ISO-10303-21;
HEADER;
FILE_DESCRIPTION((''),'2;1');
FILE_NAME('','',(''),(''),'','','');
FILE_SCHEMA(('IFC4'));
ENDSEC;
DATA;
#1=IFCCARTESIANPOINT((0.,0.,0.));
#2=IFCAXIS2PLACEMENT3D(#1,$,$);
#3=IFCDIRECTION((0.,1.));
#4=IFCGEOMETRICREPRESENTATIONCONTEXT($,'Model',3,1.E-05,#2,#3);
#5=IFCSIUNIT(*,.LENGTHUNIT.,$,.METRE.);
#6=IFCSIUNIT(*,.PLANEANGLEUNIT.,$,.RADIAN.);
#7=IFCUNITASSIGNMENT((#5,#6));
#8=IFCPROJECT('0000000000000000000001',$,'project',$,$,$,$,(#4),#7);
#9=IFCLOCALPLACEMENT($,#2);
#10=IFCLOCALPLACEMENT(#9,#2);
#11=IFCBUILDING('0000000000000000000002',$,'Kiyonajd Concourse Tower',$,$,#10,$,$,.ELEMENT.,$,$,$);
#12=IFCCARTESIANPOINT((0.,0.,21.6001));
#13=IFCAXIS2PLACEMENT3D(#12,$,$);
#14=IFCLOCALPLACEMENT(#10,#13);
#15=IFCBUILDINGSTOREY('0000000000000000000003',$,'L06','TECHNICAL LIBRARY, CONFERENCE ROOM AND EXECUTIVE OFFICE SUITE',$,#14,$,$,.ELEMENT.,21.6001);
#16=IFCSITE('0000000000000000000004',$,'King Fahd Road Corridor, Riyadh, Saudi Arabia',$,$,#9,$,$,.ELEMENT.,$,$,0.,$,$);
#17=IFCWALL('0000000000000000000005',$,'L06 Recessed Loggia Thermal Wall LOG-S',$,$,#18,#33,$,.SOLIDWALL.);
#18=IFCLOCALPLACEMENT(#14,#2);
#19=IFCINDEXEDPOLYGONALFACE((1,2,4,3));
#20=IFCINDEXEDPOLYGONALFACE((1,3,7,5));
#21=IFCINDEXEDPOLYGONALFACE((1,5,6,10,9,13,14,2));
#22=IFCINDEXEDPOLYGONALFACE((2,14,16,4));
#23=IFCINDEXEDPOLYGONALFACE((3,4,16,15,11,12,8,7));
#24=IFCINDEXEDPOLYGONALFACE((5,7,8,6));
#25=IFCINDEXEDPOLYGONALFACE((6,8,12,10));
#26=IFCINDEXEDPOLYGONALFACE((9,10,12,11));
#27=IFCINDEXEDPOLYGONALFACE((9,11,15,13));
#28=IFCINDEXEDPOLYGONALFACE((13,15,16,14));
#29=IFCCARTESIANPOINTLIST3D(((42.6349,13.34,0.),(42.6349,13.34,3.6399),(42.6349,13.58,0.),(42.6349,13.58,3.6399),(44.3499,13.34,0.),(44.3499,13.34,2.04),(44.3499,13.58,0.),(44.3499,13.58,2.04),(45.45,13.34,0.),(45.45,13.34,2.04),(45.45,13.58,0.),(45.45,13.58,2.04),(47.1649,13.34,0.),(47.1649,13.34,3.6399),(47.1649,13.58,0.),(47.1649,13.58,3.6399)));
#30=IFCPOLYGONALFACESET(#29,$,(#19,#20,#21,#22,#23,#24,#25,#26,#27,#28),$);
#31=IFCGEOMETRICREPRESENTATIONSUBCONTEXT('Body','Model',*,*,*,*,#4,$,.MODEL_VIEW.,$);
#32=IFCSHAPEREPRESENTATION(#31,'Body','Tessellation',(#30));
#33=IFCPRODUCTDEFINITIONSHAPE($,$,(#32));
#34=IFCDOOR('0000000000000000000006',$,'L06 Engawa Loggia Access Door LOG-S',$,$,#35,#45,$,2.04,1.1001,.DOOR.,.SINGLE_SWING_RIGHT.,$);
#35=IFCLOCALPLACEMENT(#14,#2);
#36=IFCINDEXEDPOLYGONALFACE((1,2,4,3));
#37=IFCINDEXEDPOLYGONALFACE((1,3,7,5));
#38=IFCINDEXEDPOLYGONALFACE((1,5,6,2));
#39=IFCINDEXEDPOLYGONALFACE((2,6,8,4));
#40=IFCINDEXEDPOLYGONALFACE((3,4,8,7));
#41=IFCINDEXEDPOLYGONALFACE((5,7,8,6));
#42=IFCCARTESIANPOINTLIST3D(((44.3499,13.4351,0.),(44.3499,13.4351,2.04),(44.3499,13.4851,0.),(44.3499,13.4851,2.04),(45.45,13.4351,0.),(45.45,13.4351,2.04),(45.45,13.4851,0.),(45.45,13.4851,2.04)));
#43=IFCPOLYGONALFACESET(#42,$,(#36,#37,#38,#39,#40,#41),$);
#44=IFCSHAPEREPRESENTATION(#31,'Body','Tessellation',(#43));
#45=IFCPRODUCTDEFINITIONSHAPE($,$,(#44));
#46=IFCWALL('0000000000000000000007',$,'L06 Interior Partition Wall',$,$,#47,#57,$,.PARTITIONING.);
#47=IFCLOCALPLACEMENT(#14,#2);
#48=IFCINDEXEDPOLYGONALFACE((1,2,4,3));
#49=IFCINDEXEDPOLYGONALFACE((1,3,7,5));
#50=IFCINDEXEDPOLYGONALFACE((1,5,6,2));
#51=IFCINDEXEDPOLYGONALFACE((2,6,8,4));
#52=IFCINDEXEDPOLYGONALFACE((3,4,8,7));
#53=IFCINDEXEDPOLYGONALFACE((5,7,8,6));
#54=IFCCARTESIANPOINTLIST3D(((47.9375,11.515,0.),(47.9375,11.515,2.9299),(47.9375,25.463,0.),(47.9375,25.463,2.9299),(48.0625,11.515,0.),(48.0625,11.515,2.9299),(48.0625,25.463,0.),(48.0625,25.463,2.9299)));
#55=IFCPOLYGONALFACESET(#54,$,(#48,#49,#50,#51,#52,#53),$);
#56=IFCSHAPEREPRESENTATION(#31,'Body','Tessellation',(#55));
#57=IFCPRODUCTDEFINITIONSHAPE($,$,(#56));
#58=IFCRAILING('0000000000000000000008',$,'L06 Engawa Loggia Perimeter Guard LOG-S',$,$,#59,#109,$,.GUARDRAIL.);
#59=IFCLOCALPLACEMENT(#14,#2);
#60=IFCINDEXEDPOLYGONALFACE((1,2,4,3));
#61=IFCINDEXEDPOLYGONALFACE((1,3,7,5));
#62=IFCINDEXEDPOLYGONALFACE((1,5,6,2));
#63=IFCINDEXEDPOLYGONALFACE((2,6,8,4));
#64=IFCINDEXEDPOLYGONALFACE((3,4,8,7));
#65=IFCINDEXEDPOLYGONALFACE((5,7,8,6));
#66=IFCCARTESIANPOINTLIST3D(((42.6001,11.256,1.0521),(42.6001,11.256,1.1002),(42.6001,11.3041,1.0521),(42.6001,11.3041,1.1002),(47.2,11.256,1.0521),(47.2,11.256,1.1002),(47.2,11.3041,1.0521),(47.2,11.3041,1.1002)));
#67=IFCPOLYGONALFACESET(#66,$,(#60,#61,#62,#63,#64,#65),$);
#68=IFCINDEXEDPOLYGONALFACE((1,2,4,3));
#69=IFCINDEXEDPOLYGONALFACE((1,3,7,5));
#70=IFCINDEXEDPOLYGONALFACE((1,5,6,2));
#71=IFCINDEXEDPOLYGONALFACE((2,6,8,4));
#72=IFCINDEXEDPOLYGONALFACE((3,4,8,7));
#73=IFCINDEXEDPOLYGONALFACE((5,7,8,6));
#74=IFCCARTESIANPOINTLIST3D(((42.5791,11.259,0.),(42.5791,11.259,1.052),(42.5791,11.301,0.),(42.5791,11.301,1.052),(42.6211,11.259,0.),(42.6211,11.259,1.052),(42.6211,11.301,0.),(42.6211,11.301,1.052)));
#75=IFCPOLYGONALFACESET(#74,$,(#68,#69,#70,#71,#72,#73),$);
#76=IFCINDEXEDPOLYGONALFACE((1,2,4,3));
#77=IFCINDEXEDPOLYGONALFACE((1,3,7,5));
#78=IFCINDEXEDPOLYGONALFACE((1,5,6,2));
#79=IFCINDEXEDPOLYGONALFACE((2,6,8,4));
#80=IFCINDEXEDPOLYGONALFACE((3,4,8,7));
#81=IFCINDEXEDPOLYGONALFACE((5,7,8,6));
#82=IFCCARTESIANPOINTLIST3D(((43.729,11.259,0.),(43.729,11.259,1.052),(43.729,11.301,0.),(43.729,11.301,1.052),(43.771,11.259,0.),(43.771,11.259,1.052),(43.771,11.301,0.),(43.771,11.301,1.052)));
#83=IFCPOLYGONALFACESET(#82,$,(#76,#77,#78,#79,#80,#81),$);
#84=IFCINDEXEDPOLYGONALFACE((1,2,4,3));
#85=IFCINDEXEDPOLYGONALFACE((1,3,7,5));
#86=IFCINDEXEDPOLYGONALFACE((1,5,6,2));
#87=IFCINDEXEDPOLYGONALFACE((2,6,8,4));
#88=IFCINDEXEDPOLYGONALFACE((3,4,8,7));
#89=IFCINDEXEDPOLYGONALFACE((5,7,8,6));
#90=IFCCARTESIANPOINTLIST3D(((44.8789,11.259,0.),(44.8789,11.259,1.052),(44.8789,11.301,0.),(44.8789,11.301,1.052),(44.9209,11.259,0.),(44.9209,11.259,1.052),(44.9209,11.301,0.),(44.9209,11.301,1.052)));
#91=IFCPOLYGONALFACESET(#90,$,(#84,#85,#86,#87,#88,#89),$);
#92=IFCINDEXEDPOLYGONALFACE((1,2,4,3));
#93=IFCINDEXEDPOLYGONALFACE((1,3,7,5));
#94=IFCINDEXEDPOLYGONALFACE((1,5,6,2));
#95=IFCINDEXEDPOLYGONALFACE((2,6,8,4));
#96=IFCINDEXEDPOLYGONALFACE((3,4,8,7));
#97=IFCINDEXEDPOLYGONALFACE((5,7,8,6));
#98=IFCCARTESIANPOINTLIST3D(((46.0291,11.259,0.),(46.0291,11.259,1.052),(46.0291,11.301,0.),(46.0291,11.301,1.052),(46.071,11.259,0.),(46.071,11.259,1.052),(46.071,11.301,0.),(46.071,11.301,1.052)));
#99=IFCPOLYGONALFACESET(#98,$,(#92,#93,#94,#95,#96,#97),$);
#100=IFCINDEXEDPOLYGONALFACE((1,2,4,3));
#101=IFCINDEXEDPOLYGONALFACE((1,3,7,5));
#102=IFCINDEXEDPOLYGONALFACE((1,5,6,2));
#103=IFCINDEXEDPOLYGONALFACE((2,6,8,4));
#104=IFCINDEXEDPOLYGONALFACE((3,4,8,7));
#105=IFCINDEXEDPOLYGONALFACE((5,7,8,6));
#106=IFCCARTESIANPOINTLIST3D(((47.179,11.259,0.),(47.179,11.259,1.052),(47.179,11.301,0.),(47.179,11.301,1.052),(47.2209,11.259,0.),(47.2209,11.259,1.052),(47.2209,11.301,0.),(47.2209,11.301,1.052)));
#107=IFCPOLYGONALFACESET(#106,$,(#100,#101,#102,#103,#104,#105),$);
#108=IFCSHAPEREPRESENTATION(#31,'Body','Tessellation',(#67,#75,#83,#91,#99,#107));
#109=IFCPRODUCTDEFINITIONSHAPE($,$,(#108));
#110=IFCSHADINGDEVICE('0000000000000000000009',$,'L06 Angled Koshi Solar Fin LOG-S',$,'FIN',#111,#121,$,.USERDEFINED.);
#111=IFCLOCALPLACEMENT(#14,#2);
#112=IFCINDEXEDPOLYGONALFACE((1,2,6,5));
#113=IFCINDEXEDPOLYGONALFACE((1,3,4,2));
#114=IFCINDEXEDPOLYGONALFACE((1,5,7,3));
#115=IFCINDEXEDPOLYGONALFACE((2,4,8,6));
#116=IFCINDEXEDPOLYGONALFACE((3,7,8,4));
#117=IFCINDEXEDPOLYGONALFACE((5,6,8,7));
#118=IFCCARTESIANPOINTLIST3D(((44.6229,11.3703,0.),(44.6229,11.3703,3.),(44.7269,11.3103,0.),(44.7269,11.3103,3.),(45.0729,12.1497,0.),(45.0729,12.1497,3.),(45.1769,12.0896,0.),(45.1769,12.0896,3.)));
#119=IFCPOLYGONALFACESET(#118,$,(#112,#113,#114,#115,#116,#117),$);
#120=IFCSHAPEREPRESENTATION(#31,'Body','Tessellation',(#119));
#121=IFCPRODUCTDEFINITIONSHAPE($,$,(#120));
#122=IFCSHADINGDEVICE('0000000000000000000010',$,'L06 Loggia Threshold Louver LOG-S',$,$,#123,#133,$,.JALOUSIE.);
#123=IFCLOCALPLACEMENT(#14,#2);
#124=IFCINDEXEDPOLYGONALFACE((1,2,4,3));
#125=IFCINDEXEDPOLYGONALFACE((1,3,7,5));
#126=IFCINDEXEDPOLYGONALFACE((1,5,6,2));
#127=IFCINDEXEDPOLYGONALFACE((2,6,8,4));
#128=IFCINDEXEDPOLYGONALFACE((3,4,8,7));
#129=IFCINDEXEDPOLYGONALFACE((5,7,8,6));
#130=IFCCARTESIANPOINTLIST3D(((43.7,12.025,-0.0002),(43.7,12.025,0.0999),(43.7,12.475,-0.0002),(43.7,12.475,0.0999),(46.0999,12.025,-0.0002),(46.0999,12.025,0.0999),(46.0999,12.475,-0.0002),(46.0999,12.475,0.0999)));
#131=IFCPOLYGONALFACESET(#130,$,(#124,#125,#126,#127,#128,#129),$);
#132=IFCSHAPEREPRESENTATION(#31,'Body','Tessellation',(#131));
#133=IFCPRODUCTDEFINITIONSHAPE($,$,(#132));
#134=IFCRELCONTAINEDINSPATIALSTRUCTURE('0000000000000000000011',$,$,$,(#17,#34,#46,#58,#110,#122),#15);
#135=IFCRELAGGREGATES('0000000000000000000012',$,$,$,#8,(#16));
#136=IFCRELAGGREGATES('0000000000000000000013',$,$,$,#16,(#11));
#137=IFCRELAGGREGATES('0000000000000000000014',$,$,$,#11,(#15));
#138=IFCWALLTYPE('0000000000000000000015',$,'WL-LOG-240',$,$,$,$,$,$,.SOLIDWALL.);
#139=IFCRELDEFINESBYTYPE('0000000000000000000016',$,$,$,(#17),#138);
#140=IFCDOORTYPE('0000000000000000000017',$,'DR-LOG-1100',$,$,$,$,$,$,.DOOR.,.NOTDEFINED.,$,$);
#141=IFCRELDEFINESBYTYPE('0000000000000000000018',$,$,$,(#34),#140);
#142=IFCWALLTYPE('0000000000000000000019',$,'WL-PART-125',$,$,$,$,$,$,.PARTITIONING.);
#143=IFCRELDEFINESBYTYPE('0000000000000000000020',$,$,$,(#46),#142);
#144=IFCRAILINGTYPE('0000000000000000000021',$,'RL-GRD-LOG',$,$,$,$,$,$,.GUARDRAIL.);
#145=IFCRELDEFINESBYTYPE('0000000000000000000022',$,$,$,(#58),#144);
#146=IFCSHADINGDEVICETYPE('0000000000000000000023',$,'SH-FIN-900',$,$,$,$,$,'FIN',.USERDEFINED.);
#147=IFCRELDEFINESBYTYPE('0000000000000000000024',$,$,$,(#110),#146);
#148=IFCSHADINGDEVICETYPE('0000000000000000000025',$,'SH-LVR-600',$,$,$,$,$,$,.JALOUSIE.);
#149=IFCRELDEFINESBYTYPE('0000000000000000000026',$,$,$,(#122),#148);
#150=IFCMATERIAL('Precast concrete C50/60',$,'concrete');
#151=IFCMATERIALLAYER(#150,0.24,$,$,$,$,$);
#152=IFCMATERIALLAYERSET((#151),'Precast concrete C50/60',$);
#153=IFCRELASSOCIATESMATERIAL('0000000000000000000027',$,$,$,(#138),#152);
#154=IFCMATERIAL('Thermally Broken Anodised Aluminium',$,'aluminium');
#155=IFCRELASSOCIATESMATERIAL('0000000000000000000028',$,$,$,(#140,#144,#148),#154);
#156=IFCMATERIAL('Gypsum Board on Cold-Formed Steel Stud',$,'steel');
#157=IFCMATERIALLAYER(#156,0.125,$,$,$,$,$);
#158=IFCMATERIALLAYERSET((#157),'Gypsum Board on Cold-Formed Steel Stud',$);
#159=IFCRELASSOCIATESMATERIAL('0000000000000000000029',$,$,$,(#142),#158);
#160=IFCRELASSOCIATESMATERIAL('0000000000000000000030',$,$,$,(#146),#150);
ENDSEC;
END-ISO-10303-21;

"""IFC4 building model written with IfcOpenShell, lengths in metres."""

from ifc_helpers import new_model, si_unit, direction, frame, frame_2d, origin, origin_2d, place, context, subcontext, project, spatial, rectangle, extrude, material, layer, layer_set, type_object, element, fill, save


model = new_model("IFC4")

# Units and contexts
model_context = context("Model", 3, precision=1e-05, world=origin(), true_north=direction((0.0, 1.0)))
body_context = subcontext(model_context, "Body", "Model", "MODEL_VIEW")
ifc_project = project(units=[si_unit("LENGTHUNIT", "METRE"), si_unit("PLANEANGLEUNIT", "RADIAN")], contexts=[model_context])

# Site, building, storey
site_placement = place(None, origin())
site = spatial("IfcSite", under=ifc_project, at=site_placement, Name="King Fahd Road Corridor, Riyadh, Saudi Arabia", CompositionType="ELEMENT", RefElevation=0.0)
building_placement = place(site_placement, origin())
building = spatial("IfcBuilding", under=site, at=building_placement, Name="Kiyonajd Concourse Tower", CompositionType="ELEMENT")
storey_placement = place(building_placement, frame((0.0, 0.0, 21.6001)))
storey = spatial("IfcBuildingStorey", under=building, at=storey_placement, Name="L06", Description="TECHNICAL LIBRARY, CONFERENCE ROOM AND EXECUTIVE OFFICE SUITE", CompositionType="ELEMENT", Elevation=21.6001)

# Shared definitions
ifc_material_1 = material(Name="Precast concrete C50/60", Category="concrete")

# Shared definitions
ifc_material_2 = material(Name="Thermally Broken Anodised Aluminium", Category="aluminium")

# Wall, opening, door
ifc_layer_1 = layer(ifc_material_1, 0.24)
ifc_layer_set_1 = layer_set([ifc_layer_1], Name="Precast concrete C50/60")
wall_type_1 = type_object("IfcWallType", Name="WL-LOG-240", PredefinedType="SOLIDWALL", material=ifc_layer_set_1)
wall_1_placement = place(storey_placement, frame((47.165, 13.46, 0.0), z_axis=(0.0, 0.0, 1.0), x_axis=(-1.0, 0.0, 0.0)))
wall_1 = element("IfcWall", 1, at=wall_1_placement, inside=storey, type_object=wall_type_1, Name="L06 Recessed Loggia Thermal Wall LOG-S", PredefinedType="SOLIDWALL", context=body_context, shape_type="SweptSolid", body=[
    extrude(rectangle(XDim=4.53, YDim=0.24, at=frame_2d((2.2651, 0.0))), origin(), (0.0, 0.0, 1.0), 3.6399),
])
opening_1_placement = place(wall_1_placement, frame((1.7151, 0.0, 0.0)))
opening_1 = element("IfcOpeningElement", 2, at=opening_1_placement, cuts=wall_1, PredefinedType="OPENING", context=body_context, shape_type="SweptSolid", body=[
    extrude(rectangle(XDim=1.1001, YDim=2.04, at=frame_2d((0.55, 1.02))), frame((0.0, 0.1299, 0.0), z_axis=(0.0, -1.0, 0.0), x_axis=(1.0, 0.0, 0.0)), (0.0, 0.0, 1.0), 0.26),
])
door_type = type_object("IfcDoorType", Name="DR-LOG-1100", OperationType="NOTDEFINED", PredefinedType="DOOR", material=ifc_material_2)
door_placement = place(opening_1_placement, origin())
door = element("IfcDoor", 3, at=door_placement, inside=storey, type_object=door_type, Name="L06 Engawa Loggia Access Door LOG-S", OperationType="SINGLE_SWING_RIGHT", OverallHeight=2.04, OverallWidth=1.1001, PredefinedType="DOOR", context=body_context, shape_type="SweptSolid", body=[
    extrude(rectangle(XDim=1.1001, YDim=2.04, at=frame_2d((0.55, 1.02))), frame((0.0, 0.0249, 0.0), z_axis=(0.0, -1.0, 0.0), x_axis=(1.0, 0.0, 0.0)), (0.0, 0.0, 1.0), 0.05),
])
fill(opening_1, door)

# Wall
ifc_material_3 = material(Name="Gypsum Board on Cold-Formed Steel Stud", Category="steel")
ifc_layer_2 = layer(ifc_material_3, 0.125)
ifc_layer_set_2 = layer_set([ifc_layer_2], Name="Gypsum Board on Cold-Formed Steel Stud")
wall_type_2 = type_object("IfcWallType", Name="WL-PART-125", PredefinedType="PARTITIONING", material=ifc_layer_set_2)
wall_2_placement = place(storey_placement, frame((48.0, 11.5149, 0.0), z_axis=(0.0, 0.0, 1.0), x_axis=(0.0, 1.0, 0.0)))
element("IfcWall", 4, at=wall_2_placement, inside=storey, type_object=wall_type_2, Name="L06 Interior Partition Wall", PredefinedType="PARTITIONING", context=body_context, shape_type="SweptSolid", body=[
    extrude(rectangle(XDim=13.948, YDim=0.125, at=frame_2d((6.9741, 0.0))), origin(), (0.0, 0.0, 1.0), 2.9299),
])

# Railing
railing_type = type_object("IfcRailingType", Name="RL-GRD-LOG", PredefinedType="GUARDRAIL", material=ifc_material_2)
railing_placement = place(storey_placement, frame((42.6001, 11.28, 0.0)))
element("IfcRailing", 5, at=railing_placement, inside=storey, type_object=railing_type, Name="L06 Engawa Loggia Perimeter Guard LOG-S", PredefinedType="GUARDRAIL", context=body_context, shape_type="SweptSolid", body=[
    extrude(rectangle(XDim=0.0481, YDim=0.0481, at=origin_2d()), frame((0.0, 0.0, 1.0762), z_axis=(1.0, 0.0, 0.0), x_axis=(0.0, 1.0, 0.0)), (0.0, 0.0, 1.0), 4.5999),
    extrude(rectangle(XDim=0.042, YDim=0.042, at=origin_2d()), origin(), (0.0, 0.0, 1.0), 1.052),
    extrude(rectangle(XDim=0.042, YDim=0.042, at=origin_2d()), frame((1.1499, 0.0, 0.0)), (0.0, 0.0, 1.0), 1.052),
    extrude(rectangle(XDim=0.042, YDim=0.042, at=origin_2d()), frame((2.2998, 0.0, 0.0)), (0.0, 0.0, 1.0), 1.052),
    extrude(rectangle(XDim=0.042, YDim=0.042, at=origin_2d()), frame((3.45, 0.0, 0.0)), (0.0, 0.0, 1.0), 1.052),
    extrude(rectangle(XDim=0.042, YDim=0.042, at=origin_2d()), frame((4.5999, 0.0, 0.0)), (0.0, 0.0, 1.0), 1.052),
])

# Shading devices
shading_device_type_1 = type_object("IfcShadingDeviceType", Name="SH-FIN-900", ElementType="FIN", PredefinedType="USERDEFINED", material=ifc_material_1)
shading_device_1_placement = place(storey_placement, frame((44.8999, 11.73, 0.0), z_axis=(0.0, 0.0, 1.0), x_axis=(0.5, 0.866025, 0.0)))
element("IfcShadingDevice", 6, at=shading_device_1_placement, inside=storey, type_object=shading_device_type_1, Name="L06 Angled Koshi Solar Fin LOG-S", ObjectType="FIN", PredefinedType="USERDEFINED", context=body_context, shape_type="SweptSolid", body=[
    extrude(rectangle(XDim=0.8999, YDim=0.1201, at=origin_2d()), origin(), (0.0, 0.0, 1.0), 3.0),
])
shading_device_type_2 = type_object("IfcShadingDeviceType", Name="SH-LVR-600", PredefinedType="JALOUSIE", material=ifc_material_2)
shading_device_2_placement = place(storey_placement, frame((44.8999, 12.25, -0.0002), z_axis=(0.0, 0.0, 1.0), x_axis=(1.0, 0.0, 0.0)))
element("IfcShadingDevice", 7, at=shading_device_2_placement, inside=storey, type_object=shading_device_type_2, Name="L06 Loggia Threshold Louver LOG-S", PredefinedType="JALOUSIE", context=body_context, shape_type="SweptSolid", body=[
    extrude(rectangle(XDim=2.3999, YDim=0.45, at=origin_2d()), origin(), (0.0, 0.0, 1.0), 0.1001),
])

save(model, "model.ifc")
